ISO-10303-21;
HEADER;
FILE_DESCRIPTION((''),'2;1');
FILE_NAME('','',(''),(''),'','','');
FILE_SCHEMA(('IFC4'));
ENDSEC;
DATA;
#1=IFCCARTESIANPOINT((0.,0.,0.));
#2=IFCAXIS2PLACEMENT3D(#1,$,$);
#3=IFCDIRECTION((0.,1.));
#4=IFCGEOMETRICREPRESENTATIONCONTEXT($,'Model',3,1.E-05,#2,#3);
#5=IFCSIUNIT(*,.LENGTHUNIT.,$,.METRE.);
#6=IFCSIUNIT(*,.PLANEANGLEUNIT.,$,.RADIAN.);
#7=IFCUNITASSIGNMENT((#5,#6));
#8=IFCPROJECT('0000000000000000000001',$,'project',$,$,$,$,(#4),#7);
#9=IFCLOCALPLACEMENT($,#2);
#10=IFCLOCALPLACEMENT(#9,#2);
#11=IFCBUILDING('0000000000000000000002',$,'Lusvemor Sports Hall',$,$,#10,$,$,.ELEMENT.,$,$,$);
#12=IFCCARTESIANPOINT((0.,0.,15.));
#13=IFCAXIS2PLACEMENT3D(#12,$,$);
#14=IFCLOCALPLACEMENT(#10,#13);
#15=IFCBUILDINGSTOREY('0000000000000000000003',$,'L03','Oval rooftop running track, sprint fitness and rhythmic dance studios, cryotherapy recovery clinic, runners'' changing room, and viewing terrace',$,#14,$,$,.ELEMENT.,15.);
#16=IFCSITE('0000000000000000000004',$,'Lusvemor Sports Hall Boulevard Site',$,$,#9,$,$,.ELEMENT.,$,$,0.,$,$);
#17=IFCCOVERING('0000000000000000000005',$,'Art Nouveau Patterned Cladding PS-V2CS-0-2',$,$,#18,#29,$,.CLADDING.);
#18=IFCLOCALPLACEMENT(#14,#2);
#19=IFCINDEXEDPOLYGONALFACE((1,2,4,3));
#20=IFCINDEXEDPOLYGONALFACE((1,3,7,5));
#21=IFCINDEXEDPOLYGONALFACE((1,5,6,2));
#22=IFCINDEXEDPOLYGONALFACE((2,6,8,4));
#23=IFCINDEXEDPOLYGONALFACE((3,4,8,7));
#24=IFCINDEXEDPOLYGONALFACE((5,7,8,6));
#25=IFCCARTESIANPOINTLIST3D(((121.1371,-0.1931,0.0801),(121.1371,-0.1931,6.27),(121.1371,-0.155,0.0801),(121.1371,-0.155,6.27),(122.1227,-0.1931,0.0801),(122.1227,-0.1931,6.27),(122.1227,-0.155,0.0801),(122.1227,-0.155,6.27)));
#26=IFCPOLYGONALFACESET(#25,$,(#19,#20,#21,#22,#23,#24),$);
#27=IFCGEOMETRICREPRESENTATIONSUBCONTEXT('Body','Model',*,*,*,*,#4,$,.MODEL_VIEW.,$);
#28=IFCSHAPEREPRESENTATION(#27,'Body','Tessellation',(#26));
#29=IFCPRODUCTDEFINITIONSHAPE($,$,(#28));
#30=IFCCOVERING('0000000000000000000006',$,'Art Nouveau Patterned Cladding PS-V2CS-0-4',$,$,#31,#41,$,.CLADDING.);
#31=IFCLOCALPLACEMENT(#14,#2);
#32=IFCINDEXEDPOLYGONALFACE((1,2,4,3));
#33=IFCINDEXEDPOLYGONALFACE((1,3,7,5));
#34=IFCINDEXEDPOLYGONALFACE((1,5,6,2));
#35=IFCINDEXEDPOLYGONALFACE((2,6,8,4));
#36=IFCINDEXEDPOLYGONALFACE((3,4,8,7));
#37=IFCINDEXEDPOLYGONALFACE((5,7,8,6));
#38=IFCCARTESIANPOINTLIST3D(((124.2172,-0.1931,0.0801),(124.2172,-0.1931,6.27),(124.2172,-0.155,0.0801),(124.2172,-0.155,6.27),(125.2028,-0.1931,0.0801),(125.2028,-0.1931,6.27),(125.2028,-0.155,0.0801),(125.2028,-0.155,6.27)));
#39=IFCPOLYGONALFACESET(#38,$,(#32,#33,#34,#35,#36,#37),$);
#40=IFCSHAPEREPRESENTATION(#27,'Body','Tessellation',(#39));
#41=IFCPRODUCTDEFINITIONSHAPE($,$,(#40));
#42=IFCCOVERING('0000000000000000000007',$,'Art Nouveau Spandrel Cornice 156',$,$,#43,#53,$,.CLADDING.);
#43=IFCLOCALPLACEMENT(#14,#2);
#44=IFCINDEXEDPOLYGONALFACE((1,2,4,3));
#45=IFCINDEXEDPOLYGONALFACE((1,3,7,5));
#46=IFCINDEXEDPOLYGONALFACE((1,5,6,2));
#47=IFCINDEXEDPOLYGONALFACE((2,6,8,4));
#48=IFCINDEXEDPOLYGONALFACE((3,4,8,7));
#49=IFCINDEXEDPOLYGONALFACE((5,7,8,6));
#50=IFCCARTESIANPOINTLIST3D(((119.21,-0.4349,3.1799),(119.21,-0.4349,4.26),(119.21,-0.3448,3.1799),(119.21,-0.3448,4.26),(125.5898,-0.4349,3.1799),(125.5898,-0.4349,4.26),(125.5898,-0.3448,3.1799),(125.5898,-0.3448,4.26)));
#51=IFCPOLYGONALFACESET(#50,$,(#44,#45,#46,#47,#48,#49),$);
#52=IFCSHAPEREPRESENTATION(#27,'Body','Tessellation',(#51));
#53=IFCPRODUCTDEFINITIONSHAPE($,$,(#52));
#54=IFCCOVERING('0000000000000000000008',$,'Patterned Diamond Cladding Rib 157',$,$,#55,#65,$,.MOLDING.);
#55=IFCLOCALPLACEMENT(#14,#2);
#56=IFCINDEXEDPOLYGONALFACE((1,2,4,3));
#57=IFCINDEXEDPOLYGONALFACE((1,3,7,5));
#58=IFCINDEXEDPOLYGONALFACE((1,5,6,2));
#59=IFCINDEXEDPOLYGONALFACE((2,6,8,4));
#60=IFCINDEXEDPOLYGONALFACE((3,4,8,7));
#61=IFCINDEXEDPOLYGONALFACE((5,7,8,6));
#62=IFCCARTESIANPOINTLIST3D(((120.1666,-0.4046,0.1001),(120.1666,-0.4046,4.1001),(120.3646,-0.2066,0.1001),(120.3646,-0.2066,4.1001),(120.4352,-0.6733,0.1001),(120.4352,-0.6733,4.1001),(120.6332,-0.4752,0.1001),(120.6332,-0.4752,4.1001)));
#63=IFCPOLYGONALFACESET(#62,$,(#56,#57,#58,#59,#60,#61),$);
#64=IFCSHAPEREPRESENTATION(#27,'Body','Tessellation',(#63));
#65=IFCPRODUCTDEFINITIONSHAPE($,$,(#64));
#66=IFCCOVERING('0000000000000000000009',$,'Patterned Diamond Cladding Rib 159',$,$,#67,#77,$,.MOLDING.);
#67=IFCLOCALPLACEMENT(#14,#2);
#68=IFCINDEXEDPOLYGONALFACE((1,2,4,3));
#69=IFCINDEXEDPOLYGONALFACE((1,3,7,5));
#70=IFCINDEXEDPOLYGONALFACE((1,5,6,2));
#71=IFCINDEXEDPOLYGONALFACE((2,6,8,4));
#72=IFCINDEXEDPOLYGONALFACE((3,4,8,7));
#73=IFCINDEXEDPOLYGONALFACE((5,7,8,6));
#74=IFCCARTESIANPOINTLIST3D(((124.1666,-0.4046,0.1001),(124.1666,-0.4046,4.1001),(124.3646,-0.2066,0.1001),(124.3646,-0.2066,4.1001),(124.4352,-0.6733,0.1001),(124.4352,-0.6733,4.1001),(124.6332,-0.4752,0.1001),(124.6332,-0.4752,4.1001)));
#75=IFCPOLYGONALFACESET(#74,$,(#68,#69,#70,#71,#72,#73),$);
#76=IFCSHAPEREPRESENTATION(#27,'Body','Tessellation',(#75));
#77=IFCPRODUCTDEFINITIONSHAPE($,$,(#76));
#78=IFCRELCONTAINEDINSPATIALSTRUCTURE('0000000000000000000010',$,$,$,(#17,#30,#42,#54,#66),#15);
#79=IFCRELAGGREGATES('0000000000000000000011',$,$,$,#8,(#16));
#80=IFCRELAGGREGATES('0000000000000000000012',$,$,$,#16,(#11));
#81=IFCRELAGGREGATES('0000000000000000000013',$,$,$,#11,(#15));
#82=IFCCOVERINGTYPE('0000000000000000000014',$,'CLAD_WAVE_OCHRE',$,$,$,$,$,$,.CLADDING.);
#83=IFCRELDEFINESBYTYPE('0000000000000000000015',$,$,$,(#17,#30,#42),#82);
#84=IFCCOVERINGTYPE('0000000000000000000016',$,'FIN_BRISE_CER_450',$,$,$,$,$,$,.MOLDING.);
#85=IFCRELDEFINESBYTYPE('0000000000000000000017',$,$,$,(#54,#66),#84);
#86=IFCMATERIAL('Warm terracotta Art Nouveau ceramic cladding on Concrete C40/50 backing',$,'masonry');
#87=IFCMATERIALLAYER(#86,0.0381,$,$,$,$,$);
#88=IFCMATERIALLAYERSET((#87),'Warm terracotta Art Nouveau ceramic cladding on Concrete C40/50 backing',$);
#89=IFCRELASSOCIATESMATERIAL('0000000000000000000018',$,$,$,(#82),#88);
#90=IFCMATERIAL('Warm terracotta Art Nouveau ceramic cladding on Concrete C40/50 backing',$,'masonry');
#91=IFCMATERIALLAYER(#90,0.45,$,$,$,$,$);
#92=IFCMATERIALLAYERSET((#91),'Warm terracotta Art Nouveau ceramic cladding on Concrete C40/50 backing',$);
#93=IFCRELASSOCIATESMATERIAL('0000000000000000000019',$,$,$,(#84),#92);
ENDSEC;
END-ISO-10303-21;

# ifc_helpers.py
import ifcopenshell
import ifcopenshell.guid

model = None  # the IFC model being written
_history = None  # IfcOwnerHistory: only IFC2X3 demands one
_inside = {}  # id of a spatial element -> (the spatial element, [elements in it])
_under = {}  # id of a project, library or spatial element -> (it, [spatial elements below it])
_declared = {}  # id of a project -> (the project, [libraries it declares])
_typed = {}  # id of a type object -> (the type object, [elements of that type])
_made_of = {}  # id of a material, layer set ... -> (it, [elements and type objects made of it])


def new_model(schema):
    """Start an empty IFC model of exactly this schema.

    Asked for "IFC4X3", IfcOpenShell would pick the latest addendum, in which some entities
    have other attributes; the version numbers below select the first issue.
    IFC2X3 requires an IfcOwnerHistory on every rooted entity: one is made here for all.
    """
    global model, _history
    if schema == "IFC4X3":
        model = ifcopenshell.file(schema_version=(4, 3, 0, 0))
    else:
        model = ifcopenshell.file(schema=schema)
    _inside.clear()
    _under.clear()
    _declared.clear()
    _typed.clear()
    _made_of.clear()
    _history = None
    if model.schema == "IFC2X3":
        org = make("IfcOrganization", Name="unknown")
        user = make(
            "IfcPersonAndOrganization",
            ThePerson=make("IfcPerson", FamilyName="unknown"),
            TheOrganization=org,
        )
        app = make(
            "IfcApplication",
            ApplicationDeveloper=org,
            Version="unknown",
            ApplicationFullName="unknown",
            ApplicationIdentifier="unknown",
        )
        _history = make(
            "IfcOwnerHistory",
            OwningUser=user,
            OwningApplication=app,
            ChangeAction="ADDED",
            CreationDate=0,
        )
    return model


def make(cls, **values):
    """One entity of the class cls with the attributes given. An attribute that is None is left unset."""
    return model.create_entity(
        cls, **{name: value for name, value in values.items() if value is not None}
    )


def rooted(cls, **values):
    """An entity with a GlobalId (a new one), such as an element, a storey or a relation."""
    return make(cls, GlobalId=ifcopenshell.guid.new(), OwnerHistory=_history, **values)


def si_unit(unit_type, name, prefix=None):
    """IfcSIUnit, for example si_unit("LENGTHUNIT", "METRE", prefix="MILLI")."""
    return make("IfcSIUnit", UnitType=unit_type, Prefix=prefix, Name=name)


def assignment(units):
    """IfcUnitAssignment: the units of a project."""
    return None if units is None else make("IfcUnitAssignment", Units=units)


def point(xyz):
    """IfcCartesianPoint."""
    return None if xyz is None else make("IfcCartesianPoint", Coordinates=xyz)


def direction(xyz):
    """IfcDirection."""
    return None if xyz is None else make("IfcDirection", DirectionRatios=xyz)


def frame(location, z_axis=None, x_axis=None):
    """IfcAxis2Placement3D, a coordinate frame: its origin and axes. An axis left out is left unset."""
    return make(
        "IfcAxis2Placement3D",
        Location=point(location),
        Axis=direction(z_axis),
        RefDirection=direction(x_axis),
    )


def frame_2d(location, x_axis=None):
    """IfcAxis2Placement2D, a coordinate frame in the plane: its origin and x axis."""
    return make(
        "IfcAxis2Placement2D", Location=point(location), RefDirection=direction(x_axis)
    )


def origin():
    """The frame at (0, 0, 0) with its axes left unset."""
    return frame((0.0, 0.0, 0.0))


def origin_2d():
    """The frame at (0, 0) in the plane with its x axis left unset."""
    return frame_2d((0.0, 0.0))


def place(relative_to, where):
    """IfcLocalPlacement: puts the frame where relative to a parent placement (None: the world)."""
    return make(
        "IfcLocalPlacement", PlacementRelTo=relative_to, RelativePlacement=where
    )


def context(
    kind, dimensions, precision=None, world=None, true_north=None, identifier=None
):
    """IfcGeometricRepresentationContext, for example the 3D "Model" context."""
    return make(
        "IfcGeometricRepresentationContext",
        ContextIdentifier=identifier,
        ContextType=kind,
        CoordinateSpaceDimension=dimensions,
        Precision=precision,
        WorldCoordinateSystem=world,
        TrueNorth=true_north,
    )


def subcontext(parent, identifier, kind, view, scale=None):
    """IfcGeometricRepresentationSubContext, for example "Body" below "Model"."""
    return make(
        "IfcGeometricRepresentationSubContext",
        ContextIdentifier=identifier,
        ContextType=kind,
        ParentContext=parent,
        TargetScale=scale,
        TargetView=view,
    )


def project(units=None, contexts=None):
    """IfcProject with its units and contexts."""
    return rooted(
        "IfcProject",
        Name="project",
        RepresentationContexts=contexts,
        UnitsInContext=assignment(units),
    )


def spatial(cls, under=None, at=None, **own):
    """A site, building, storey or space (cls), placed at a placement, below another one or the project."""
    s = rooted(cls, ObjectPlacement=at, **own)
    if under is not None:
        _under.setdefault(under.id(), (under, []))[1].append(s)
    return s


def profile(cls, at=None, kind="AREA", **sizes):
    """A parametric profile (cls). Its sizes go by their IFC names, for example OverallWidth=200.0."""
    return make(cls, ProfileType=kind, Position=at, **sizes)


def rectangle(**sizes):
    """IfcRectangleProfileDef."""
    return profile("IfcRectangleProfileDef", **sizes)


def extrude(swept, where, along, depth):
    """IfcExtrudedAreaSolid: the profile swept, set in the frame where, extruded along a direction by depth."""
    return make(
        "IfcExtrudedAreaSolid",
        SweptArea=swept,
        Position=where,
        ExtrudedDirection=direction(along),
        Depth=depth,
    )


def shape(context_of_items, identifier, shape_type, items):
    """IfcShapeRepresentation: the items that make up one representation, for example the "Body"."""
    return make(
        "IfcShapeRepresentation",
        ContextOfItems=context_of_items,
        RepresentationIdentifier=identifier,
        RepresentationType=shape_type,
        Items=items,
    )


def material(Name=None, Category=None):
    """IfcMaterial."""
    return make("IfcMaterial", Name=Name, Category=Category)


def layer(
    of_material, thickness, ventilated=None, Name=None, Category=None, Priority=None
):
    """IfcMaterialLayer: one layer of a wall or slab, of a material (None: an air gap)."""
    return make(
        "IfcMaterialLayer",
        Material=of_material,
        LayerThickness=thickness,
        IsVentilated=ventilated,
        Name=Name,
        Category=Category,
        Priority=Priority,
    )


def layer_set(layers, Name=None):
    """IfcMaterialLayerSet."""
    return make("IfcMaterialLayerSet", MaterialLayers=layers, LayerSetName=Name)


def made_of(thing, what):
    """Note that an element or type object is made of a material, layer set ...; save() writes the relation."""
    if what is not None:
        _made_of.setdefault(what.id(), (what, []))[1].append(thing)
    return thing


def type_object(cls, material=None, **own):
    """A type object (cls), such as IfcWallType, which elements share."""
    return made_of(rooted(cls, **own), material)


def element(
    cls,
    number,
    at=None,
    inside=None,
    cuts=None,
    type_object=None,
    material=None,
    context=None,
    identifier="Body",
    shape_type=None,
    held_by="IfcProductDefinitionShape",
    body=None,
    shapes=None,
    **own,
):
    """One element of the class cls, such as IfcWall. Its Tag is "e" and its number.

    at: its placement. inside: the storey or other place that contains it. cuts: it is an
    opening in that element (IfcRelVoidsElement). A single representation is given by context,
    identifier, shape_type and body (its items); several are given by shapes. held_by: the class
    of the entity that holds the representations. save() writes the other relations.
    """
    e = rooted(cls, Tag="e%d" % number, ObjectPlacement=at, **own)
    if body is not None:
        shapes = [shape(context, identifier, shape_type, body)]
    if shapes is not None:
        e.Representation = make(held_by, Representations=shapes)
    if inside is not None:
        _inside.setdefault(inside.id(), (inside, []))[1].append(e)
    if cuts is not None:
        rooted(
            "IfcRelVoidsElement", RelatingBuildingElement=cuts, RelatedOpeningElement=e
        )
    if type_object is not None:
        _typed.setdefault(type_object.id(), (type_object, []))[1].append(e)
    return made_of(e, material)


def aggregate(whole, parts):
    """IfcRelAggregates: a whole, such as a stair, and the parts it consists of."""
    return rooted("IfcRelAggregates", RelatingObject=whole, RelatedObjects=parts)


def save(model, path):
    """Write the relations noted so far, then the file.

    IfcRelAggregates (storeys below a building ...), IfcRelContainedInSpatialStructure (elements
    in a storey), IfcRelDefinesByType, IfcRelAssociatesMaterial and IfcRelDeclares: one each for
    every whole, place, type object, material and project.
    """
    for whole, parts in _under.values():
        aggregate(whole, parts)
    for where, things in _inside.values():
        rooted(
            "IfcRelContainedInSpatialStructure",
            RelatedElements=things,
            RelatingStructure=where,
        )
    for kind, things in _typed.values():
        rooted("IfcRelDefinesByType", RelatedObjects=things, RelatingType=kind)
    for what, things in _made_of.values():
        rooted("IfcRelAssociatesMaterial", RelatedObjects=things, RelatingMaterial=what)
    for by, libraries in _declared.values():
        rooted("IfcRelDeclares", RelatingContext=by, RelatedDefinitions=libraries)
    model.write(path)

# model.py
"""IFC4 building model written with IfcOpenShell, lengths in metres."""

from ifc_helpers import new_model, si_unit, direction, frame, origin, origin_2d, place, context, subcontext, project, spatial, rectangle, extrude, material, layer, layer_set, type_object, element, save


model = new_model("IFC4")

# Units and contexts
model_context = context("Model", 3, precision=1e-05, world=origin(), true_north=direction((0.0, 1.0)))
body_context = subcontext(model_context, "Body", "Model", "MODEL_VIEW")
ifc_project = project(units=[si_unit("LENGTHUNIT", "METRE"), si_unit("PLANEANGLEUNIT", "RADIAN")], contexts=[model_context])

# Site, building, storey
site_placement = place(None, origin())
site = spatial("IfcSite", under=ifc_project, at=site_placement, Name="Lusvemor Sports Hall Boulevard Site", CompositionType="ELEMENT", RefElevation=0.0)
building_placement = place(site_placement, origin())
building = spatial("IfcBuilding", under=site, at=building_placement, Name="Lusvemor Sports Hall", CompositionType="ELEMENT")
storey_placement = place(building_placement, frame((0.0, 0.0, 15.0)))
storey = spatial("IfcBuildingStorey", under=building, at=storey_placement, Name="L03", Description="Oval rooftop running track, sprint fitness and rhythmic dance studios, cryotherapy recovery clinic, runners' changing room, and viewing terrace", CompositionType="ELEMENT", Elevation=15.0)

# Coverings
ifc_material_1 = material(Name="Warm terracotta Art Nouveau ceramic cladding on Concrete C40/50 backing", Category="masonry")
ifc_layer_1 = layer(ifc_material_1, 0.0381)
ifc_layer_set_1 = layer_set([ifc_layer_1], Name="Warm terracotta Art Nouveau ceramic cladding on Concrete C40/50 backing")
covering_type_1 = type_object("IfcCoveringType", Name="CLAD_WAVE_OCHRE", PredefinedType="CLADDING", material=ifc_layer_set_1)
for number, where, z_axis, x_axis, name in (
    (1, (121.6299, -0.1741, 0.0801), (0.0, 0.0, 1.0), (1.0, 0.0, 0.0), "Art Nouveau Patterned Cladding PS-V2CS-0-2"),
    (2, (124.71, -0.1741, 0.0801), (0.0, 0.0, 1.0), (1.0, 0.0, 0.0), "Art Nouveau Patterned Cladding PS-V2CS-0-4"),
):
    element("IfcCovering", number, at=place(storey_placement, frame(where, z_axis=z_axis, x_axis=x_axis)), inside=storey, type_object=covering_type_1, Name=name, PredefinedType="CLADDING", context=body_context, shape_type="SweptSolid", body=[
        extrude(rectangle(XDim=0.9856, YDim=0.0381, at=origin_2d()), origin(), (0.0, 0.0, 1.0), 6.1899),
    ])
covering_1_placement = place(storey_placement, frame((122.3999, -0.3899, 3.1799), z_axis=(0.0, 0.0, 1.0), x_axis=(1.0, 0.0, 0.0)))
element("IfcCovering", 3, at=covering_1_placement, inside=storey, type_object=covering_type_1, Name="Art Nouveau Spandrel Cornice 156", PredefinedType="CLADDING", context=body_context, shape_type="SweptSolid", body=[
    extrude(rectangle(XDim=6.3799, YDim=0.0901, at=origin_2d()), origin(), (0.0, 0.0, 1.0), 1.0801),
])
ifc_material_2 = material(Name="Warm terracotta Art Nouveau ceramic cladding on Concrete C40/50 backing", Category="masonry")
ifc_layer_2 = layer(ifc_material_2, 0.45)
ifc_layer_set_2 = layer_set([ifc_layer_2], Name="Warm terracotta Art Nouveau ceramic cladding on Concrete C40/50 backing")
covering_type_2 = type_object("IfcCoveringType", Name="FIN_BRISE_CER_450", PredefinedType="MOLDING", material=ifc_layer_set_2)
for number, where, z_axis, x_axis, name in (
    (4, (120.3999, -0.4399, 0.1001), (0.0, 0.0, 1.0), (0.707107, 0.707107, 0.0), "Patterned Diamond Cladding Rib 157"),
    (5, (124.3999, -0.4399, 0.1001), (0.0, 0.0, 1.0), (0.707107, 0.707107, 0.0), "Patterned Diamond Cladding Rib 159"),
):
    element("IfcCovering", number, at=place(storey_placement, frame(where, z_axis=z_axis, x_axis=x_axis)), inside=storey, type_object=covering_type_2, Name=name, PredefinedType="MOLDING", context=body_context, shape_type="SweptSolid", body=[
        extrude(rectangle(XDim=0.28, YDim=0.3799, at=origin_2d()), origin(), (0.0, 0.0, 1.0), 4.0),
    ])

save(model, "model.ifc")
